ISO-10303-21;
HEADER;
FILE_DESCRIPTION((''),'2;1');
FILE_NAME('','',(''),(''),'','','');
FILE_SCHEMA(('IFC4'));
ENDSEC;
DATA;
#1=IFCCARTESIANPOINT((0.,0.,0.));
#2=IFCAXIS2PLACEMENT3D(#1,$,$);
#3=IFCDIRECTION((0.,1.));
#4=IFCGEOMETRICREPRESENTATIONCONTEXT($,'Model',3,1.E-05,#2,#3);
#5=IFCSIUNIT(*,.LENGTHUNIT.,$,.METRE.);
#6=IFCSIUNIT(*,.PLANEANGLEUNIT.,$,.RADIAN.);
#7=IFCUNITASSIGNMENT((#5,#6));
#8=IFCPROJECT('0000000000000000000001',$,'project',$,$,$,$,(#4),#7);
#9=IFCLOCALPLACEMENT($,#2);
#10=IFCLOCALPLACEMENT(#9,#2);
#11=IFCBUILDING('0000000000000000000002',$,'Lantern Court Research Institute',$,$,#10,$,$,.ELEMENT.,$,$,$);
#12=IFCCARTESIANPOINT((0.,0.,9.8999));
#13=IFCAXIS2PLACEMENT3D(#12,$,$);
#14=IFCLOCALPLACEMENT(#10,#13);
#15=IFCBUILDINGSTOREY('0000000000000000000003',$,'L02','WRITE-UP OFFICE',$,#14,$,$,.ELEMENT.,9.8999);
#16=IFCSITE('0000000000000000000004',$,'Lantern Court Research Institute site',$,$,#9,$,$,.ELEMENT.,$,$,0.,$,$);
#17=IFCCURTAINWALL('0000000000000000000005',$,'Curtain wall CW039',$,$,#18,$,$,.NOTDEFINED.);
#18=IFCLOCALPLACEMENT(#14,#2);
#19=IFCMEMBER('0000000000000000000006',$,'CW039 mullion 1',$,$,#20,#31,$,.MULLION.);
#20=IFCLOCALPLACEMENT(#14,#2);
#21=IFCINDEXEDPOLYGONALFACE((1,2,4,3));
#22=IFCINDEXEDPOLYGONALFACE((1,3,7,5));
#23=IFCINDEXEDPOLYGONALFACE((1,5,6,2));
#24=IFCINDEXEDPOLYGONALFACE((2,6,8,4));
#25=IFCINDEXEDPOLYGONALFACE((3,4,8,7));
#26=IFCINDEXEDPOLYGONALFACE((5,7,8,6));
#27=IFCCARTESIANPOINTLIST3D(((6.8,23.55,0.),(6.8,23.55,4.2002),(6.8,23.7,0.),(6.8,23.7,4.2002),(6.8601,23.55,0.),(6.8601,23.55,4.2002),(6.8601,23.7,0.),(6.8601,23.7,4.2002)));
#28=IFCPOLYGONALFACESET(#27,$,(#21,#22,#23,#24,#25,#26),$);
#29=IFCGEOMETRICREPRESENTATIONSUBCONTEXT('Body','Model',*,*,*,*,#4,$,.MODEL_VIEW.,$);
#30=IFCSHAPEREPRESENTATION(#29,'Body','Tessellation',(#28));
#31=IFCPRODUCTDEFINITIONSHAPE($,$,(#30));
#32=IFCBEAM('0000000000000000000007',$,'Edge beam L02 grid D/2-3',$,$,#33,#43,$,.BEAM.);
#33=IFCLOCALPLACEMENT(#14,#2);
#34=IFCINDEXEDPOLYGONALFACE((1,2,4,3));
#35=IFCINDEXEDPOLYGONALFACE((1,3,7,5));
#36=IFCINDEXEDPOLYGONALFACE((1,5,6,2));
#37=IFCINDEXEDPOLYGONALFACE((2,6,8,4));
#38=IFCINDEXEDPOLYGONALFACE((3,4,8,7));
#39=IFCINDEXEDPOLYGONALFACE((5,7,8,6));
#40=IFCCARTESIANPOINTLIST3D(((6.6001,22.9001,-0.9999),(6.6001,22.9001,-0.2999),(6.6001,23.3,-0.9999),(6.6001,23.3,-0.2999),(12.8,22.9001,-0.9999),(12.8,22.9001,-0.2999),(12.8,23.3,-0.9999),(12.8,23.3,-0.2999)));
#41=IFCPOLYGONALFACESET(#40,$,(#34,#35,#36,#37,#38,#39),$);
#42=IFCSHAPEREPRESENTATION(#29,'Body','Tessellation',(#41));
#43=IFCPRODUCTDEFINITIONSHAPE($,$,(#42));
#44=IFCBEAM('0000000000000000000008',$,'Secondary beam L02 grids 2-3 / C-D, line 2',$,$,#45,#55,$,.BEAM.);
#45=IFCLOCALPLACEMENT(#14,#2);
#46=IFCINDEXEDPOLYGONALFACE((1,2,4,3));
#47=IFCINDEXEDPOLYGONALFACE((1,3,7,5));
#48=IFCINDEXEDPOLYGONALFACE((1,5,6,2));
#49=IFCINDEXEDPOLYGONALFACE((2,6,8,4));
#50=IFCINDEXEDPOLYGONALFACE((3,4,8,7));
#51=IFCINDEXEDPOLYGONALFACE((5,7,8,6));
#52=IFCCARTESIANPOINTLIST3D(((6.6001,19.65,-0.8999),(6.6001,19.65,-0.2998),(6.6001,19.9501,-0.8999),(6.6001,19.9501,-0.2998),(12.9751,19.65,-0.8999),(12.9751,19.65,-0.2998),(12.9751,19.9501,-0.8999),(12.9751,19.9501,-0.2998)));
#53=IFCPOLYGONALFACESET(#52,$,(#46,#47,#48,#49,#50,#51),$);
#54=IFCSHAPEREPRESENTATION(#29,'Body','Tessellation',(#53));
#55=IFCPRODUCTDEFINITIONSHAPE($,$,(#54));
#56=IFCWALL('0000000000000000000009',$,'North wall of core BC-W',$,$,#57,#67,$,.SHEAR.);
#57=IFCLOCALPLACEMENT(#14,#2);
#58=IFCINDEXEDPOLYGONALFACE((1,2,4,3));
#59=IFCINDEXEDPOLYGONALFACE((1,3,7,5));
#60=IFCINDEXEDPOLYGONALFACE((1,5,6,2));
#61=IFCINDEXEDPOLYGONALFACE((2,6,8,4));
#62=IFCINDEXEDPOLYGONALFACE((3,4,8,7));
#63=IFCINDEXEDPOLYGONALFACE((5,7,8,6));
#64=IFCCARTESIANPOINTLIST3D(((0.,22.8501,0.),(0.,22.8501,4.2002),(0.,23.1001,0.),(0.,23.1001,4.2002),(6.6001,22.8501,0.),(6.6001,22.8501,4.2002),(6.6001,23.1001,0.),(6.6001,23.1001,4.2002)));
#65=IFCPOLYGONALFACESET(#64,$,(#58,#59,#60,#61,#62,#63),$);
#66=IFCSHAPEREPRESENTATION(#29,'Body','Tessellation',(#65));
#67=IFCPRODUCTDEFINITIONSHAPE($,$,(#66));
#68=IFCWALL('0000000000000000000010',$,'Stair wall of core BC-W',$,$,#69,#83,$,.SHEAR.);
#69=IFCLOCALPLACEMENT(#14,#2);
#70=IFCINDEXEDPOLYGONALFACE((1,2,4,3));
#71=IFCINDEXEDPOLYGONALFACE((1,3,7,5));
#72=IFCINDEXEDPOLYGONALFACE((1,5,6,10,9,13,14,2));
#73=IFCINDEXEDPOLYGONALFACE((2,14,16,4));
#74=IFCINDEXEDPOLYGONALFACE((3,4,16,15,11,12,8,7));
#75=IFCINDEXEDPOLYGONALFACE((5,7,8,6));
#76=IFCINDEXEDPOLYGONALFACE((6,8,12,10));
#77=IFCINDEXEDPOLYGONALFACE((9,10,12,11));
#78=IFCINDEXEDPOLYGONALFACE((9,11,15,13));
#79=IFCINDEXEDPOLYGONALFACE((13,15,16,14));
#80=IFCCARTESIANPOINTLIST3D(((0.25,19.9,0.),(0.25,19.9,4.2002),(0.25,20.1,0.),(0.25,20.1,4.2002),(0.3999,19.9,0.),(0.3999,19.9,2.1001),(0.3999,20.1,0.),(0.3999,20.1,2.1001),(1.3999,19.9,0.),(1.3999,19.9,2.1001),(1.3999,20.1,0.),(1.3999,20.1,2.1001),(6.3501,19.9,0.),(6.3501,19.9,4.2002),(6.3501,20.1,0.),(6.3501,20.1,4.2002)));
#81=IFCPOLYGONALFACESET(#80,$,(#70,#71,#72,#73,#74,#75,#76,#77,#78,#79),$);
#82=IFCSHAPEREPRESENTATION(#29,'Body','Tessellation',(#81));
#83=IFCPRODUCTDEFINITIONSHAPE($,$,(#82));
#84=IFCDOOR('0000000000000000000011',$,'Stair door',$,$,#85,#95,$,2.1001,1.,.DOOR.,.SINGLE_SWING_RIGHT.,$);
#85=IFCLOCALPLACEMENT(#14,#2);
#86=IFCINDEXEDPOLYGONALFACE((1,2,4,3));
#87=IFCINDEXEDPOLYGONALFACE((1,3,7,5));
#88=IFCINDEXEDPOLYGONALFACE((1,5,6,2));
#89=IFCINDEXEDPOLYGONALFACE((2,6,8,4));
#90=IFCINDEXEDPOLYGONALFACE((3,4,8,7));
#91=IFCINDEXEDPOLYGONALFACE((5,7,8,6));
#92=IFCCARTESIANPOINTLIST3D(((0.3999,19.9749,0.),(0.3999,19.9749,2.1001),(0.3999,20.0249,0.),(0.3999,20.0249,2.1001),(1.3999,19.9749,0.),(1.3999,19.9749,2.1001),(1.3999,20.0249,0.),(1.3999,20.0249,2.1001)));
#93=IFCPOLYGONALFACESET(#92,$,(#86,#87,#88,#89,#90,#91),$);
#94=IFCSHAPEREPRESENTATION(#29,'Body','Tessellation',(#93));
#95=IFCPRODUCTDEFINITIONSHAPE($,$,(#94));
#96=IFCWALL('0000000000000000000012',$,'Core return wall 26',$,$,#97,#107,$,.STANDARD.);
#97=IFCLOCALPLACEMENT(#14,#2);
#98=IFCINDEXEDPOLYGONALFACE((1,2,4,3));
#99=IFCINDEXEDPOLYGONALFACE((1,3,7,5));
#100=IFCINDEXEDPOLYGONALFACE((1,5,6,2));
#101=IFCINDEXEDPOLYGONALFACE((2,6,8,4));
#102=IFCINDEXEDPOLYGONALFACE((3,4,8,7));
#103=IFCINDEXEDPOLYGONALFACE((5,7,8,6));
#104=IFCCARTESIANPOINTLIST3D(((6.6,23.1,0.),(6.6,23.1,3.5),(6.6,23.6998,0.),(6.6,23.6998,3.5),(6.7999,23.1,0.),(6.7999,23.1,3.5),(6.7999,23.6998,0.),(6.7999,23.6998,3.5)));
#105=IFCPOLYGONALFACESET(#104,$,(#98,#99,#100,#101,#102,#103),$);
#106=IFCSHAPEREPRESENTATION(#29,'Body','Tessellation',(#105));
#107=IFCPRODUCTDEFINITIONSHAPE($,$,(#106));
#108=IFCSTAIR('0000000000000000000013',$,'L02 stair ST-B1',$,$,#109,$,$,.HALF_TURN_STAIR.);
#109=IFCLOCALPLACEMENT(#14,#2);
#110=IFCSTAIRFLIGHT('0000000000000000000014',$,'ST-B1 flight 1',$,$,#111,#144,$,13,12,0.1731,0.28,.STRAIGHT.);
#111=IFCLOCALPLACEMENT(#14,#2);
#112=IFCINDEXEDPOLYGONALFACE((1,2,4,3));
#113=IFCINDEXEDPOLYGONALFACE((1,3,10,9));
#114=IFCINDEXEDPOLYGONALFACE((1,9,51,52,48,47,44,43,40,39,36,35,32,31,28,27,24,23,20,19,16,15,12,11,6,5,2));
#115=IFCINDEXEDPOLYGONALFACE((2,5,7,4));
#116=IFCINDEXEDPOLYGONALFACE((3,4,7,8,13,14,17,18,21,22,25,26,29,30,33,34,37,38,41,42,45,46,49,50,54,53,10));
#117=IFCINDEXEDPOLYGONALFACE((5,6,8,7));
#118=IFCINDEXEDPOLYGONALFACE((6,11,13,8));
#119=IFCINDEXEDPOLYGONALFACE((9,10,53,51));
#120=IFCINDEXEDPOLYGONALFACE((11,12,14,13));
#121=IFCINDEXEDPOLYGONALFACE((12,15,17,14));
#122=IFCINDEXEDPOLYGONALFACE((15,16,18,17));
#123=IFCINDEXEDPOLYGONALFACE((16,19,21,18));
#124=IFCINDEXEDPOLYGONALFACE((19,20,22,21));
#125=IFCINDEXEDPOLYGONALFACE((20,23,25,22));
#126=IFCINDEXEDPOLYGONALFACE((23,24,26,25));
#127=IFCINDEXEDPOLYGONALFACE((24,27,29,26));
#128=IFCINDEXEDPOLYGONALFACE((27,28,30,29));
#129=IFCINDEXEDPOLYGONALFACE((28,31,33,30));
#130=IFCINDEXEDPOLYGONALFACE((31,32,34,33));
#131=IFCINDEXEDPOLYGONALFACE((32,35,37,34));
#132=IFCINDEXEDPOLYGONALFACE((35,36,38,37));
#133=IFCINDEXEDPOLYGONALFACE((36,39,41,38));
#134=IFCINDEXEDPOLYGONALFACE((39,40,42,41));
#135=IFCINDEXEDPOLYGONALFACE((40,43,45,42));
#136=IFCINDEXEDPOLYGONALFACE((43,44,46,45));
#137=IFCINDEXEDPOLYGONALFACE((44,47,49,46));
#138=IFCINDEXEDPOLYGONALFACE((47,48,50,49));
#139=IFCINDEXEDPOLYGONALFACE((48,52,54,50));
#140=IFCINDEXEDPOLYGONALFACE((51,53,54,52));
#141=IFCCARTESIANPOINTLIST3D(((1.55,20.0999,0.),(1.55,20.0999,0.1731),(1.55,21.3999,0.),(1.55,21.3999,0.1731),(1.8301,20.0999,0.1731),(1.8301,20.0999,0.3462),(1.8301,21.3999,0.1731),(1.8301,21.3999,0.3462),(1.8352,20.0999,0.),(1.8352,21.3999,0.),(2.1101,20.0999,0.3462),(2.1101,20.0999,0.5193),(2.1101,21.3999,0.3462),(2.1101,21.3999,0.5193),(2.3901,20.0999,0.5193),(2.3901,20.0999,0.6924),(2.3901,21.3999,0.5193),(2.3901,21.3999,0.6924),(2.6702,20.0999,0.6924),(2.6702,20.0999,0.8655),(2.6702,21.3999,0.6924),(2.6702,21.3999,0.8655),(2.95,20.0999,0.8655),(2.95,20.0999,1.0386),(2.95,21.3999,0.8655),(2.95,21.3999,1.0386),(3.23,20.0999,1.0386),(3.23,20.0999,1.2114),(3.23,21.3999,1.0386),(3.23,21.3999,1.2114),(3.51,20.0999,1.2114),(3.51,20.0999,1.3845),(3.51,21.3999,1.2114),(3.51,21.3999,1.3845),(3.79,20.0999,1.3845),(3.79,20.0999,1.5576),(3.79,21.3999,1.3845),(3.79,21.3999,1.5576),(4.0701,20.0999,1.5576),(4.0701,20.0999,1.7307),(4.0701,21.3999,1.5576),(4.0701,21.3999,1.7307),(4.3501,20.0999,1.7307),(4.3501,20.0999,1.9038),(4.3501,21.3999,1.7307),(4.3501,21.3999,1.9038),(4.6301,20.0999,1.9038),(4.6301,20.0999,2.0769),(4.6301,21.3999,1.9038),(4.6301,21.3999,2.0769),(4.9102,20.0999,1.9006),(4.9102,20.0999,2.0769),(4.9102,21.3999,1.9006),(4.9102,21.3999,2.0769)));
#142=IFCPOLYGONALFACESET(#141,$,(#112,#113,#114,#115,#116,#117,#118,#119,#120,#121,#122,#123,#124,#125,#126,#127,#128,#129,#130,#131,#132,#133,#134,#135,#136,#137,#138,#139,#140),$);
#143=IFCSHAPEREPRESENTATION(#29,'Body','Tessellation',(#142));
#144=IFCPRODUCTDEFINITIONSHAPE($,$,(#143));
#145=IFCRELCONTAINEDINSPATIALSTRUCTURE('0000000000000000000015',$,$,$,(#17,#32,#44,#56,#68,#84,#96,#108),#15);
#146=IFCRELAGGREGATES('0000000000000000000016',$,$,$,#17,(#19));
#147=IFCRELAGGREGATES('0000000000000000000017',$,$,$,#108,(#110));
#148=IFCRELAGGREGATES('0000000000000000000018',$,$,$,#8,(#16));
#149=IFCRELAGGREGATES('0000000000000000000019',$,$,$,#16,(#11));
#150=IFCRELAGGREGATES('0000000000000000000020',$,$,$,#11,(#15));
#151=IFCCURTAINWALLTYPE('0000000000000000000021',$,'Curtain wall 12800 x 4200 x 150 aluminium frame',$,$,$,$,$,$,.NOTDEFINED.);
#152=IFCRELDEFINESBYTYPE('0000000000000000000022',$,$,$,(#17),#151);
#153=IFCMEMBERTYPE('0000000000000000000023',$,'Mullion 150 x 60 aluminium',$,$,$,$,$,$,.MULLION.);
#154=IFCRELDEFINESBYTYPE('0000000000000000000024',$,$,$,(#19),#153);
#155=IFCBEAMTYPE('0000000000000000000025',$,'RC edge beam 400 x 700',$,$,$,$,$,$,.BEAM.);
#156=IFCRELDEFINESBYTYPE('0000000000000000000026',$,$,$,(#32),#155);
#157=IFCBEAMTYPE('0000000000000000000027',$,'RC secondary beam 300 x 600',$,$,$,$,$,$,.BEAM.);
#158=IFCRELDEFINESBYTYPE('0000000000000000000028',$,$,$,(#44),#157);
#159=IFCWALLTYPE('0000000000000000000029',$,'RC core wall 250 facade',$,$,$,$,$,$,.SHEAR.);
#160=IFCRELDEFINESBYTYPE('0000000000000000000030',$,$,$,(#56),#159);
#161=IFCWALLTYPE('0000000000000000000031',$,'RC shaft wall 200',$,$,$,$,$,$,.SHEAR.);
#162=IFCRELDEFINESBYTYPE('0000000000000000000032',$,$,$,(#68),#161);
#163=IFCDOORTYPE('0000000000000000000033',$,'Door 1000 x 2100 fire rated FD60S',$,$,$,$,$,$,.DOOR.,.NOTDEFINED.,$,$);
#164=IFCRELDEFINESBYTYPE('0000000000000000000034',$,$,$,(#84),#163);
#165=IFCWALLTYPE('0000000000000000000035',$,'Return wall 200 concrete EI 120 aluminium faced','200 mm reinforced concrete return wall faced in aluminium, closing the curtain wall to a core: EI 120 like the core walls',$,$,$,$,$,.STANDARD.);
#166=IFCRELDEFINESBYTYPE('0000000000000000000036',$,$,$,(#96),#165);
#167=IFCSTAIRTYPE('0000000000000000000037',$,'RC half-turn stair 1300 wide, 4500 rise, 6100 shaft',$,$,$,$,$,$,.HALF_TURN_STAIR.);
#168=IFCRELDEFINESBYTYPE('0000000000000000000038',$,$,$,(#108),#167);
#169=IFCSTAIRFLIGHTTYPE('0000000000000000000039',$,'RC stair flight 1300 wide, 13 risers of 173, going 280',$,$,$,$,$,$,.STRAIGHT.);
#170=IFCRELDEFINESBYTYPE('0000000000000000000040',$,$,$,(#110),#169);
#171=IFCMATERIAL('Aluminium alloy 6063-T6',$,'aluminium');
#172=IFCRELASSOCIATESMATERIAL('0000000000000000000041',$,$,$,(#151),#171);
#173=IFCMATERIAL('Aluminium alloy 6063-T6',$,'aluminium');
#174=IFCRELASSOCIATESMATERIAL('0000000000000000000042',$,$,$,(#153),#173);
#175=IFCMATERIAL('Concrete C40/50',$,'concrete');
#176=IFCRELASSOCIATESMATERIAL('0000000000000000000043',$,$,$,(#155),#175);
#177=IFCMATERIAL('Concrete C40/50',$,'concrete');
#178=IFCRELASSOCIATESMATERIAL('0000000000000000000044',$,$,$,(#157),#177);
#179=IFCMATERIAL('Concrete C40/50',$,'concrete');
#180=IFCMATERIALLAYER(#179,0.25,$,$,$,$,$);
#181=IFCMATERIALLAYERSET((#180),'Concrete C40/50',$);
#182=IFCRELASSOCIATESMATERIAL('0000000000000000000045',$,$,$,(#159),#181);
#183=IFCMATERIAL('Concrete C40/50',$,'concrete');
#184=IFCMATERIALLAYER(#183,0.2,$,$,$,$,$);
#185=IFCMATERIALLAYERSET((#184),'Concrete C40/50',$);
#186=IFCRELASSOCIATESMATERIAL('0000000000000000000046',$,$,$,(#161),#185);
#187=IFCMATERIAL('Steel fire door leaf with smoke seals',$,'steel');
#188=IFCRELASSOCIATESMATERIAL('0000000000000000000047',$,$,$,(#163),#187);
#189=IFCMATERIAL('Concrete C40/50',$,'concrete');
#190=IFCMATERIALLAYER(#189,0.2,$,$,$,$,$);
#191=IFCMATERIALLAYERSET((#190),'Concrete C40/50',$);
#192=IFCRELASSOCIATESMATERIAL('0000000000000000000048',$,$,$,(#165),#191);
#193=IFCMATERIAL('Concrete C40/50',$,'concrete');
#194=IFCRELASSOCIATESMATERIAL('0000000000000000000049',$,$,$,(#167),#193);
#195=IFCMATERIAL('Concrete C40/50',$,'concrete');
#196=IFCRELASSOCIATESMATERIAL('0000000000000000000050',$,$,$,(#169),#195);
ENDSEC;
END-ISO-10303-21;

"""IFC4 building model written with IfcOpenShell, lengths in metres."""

from ifc_helpers import new_model, si_unit, direction, frame, frame_2d, origin, origin_2d, place, context, subcontext, project, spatial, polyline, rectangle, outline, extrude, material, layer, layer_set, material_profile, profile_set, type_object, element, fill, aggregate, save


model = new_model("IFC4")

# Units and contexts
model_context = context("Model", 3, precision=1e-05, world=origin(), true_north=direction((0.0, 1.0)))
body_context = subcontext(model_context, "Body", "Model", "MODEL_VIEW")
ifc_project = project(units=[si_unit("LENGTHUNIT", "METRE"), si_unit("PLANEANGLEUNIT", "RADIAN")], contexts=[model_context])

# Site, building, storey
site_placement = place(None, origin())
site = spatial("IfcSite", under=ifc_project, at=site_placement, Name="Lantern Court Research Institute site", CompositionType="ELEMENT", RefElevation=0.0)
building_placement = place(site_placement, origin())
building = spatial("IfcBuilding", under=site, at=building_placement, Name="Lantern Court Research Institute", CompositionType="ELEMENT")
storey_placement = place(building_placement, frame((0.0, 0.0, 9.8999)))
storey = spatial("IfcBuildingStorey", under=building, at=storey_placement, Name="L02", Description="WRITE-UP OFFICE", CompositionType="ELEMENT", Elevation=9.8999)

# Curtain wall, member
ifc_material_1 = material(Name="Aluminium alloy 6063-T6", Category="aluminium")
curtain_wall_type = type_object("IfcCurtainWallType", Name="Curtain wall 12800 x 4200 x 150 aluminium frame", PredefinedType="NOTDEFINED", material=ifc_material_1)
curtain_wall_placement = place(storey_placement, origin())
curtain_wall = element("IfcCurtainWall", 1, at=curtain_wall_placement, inside=storey, type_object=curtain_wall_type, Name="Curtain wall CW039", PredefinedType="NOTDEFINED")
ifc_material_2 = material(Name="Aluminium alloy 6063-T6", Category="aluminium")
ifc_material_profile_1 = material_profile(ifc_material_2, rectangle(XDim=0.1499, YDim=0.0601, at=origin_2d()), Name="Mullion 150 x 60")
ifc_profile_set_1 = profile_set([ifc_material_profile_1], Name="Aluminium alloy 6063-T6")
member_type = type_object("IfcMemberType", Name="Mullion 150 x 60 aluminium", PredefinedType="MULLION", material=ifc_profile_set_1)
member_placement = place(storey_placement, frame((6.8301, 23.625, 0.0), z_axis=(0.0, 0.0, 1.0), x_axis=(0.0, 1.0, 0.0)))
member = element("IfcMember", 2, at=member_placement, type_object=member_type, Name="CW039 mullion 1", PredefinedType="MULLION", context=body_context, shape_type="SweptSolid", body=[
    extrude(rectangle(XDim=0.1499, YDim=0.0601, at=origin_2d()), origin(), (0.0, 0.0, 1.0), 4.2002),
])
aggregate(curtain_wall, [member])

# Beams
ifc_material_3 = material(Name="Concrete C40/50", Category="concrete")
ifc_material_profile_2 = material_profile(ifc_material_3, rectangle(XDim=0.3999, YDim=0.7, at=origin_2d()), Name="RC beam 400 x 700")
ifc_profile_set_2 = profile_set([ifc_material_profile_2], Name="Concrete C40/50")
beam_type_1 = type_object("IfcBeamType", Name="RC edge beam 400 x 700", PredefinedType="BEAM", material=ifc_profile_set_2)
beam_1_placement = place(storey_placement, frame((6.6001, 23.1001, -0.6499), z_axis=(1.0, 0.0, 0.0), x_axis=(0.0, 1.0, 0.0)))
element("IfcBeam", 3, at=beam_1_placement, inside=storey, type_object=beam_type_1, Name="Edge beam L02 grid D/2-3", PredefinedType="BEAM", context=body_context, shape_type="SweptSolid", body=[
    extrude(rectangle(XDim=0.3999, YDim=0.7, at=origin_2d()), origin(), (0.0, 0.0, 1.0), 6.2),
])
ifc_material_4 = material(Name="Concrete C40/50", Category="concrete")
ifc_material_profile_3 = material_profile(ifc_material_4, rectangle(XDim=0.3, YDim=0.6001, at=origin_2d()), Name="RC beam 300 x 600")
ifc_profile_set_3 = profile_set([ifc_material_profile_3], Name="Concrete C40/50")
beam_type_2 = type_object("IfcBeamType", Name="RC secondary beam 300 x 600", PredefinedType="BEAM", material=ifc_profile_set_3)
beam_2_placement = place(storey_placement, frame((6.6001, 19.8, -0.5999), z_axis=(1.0, 0.0, 0.0), x_axis=(0.0, 1.0, 0.0)))
element("IfcBeam", 4, at=beam_2_placement, inside=storey, type_object=beam_type_2, Name="Secondary beam L02 grids 2-3 / C-D, line 2", PredefinedType="BEAM", context=body_context, shape_type="SweptSolid", body=[
    extrude(rectangle(XDim=0.3, YDim=0.6001, at=origin_2d()), origin(), (0.0, 0.0, 1.0), 6.375),
])

# Wall
ifc_material_5 = material(Name="Concrete C40/50", Category="concrete")
ifc_layer_1 = layer(ifc_material_5, 0.25)
ifc_layer_set_1 = layer_set([ifc_layer_1], Name="Concrete C40/50")
wall_type_1 = type_object("IfcWallType", Name="RC core wall 250 facade", PredefinedType="SHEAR", material=ifc_layer_set_1)
wall_1_placement = place(storey_placement, frame((0.0, 22.9751, 0.0), z_axis=(0.0, 0.0, 1.0), x_axis=(1.0, 0.0, 0.0)))
element("IfcWall", 5, at=wall_1_placement, inside=storey, type_object=wall_type_1, Name="North wall of core BC-W", PredefinedType="SHEAR", context=body_context, shape_type="SweptSolid", body=[
    extrude(rectangle(XDim=6.6001, YDim=0.25, at=frame_2d((3.3, 0.0))), origin(), (0.0, 0.0, 1.0), 4.2002),
])

# Wall, opening, door
ifc_material_6 = material(Name="Concrete C40/50", Category="concrete")
ifc_layer_2 = layer(ifc_material_6, 0.2)
ifc_layer_set_2 = layer_set([ifc_layer_2], Name="Concrete C40/50")
wall_type_2 = type_object("IfcWallType", Name="RC shaft wall 200", PredefinedType="SHEAR", material=ifc_layer_set_2)
wall_2_placement = place(storey_placement, frame((0.25, 20.0, 0.0), z_axis=(0.0, 0.0, 1.0), x_axis=(1.0, 0.0, 0.0)))
wall_2 = element("IfcWall", 6, at=wall_2_placement, inside=storey, type_object=wall_type_2, Name="Stair wall of core BC-W", PredefinedType="SHEAR", context=body_context, shape_type="SweptSolid", body=[
    extrude(rectangle(XDim=6.1001, YDim=0.2, at=frame_2d((3.05, 0.0))), origin(), (0.0, 0.0, 1.0), 4.2002),
])
opening_placement = place(wall_2_placement, frame((0.1499, 0.0, 0.0)))
opening = element("IfcOpeningElement", 7, at=opening_placement, cuts=wall_2, PredefinedType="OPENING", context=body_context, shape_type="SweptSolid", body=[
    extrude(rectangle(XDim=1.0, YDim=2.1001, at=frame_2d((0.5, 1.05))), frame((0.0, 0.1099, 0.0), z_axis=(0.0, -1.0, 0.0), x_axis=(1.0, 0.0, 0.0)), (0.0, 0.0, 1.0), 0.22),
])
ifc_material_7 = material(Name="Steel fire door leaf with smoke seals", Category="steel")
door_type = type_object("IfcDoorType", Name="Door 1000 x 2100 fire rated FD60S", OperationType="NOTDEFINED", PredefinedType="DOOR", material=ifc_material_7)
door_placement = place(opening_placement, origin())
door = element("IfcDoor", 8, at=door_placement, inside=storey, type_object=door_type, Name="Stair door", OperationType="SINGLE_SWING_RIGHT", OverallHeight=2.1001, OverallWidth=1.0, PredefinedType="DOOR", context=body_context, shape_type="SweptSolid", body=[
    extrude(rectangle(XDim=1.0, YDim=2.1001, at=frame_2d((0.5, 1.05))), frame((0.0, 0.0249, 0.0), z_axis=(0.0, -1.0, 0.0), x_axis=(1.0, 0.0, 0.0)), (0.0, 0.0, 1.0), 0.05),
])
fill(opening, door)

# Wall
ifc_material_8 = material(Name="Concrete C40/50", Category="concrete")
ifc_layer_3 = layer(ifc_material_8, 0.2)
ifc_layer_set_3 = layer_set([ifc_layer_3], Name="Concrete C40/50")
wall_type_3 = type_object("IfcWallType", Name="Return wall 200 concrete EI 120 aluminium faced", Description="200 mm reinforced concrete return wall faced in aluminium, closing the curtain wall to a core: EI 120 like the core walls", PredefinedType="STANDARD", material=ifc_layer_set_3)
wall_3_placement = place(storey_placement, frame((6.7, 23.1001, 0.0), z_axis=(0.0, 0.0, 1.0), x_axis=(0.0, 1.0, 0.0)))
element("IfcWall", 9, at=wall_3_placement, inside=storey, type_object=wall_type_3, Name="Core return wall 26", PredefinedType="STANDARD", context=body_context, shape_type="SweptSolid", body=[
    extrude(rectangle(XDim=0.5999, YDim=0.2, at=frame_2d((0.2998, 0.0))), origin(), (0.0, 0.0, 1.0), 3.5),
])

# Stair, stair flight
ifc_material_9 = material(Name="Concrete C40/50", Category="concrete")
stair_type = type_object("IfcStairType", Name="RC half-turn stair 1300 wide, 4500 rise, 6100 shaft", PredefinedType="HALF_TURN_STAIR", material=ifc_material_9)
stair_placement = place(storey_placement, origin())
stair = element("IfcStair", 10, at=stair_placement, inside=storey, type_object=stair_type, Name="L02 stair ST-B1", PredefinedType="HALF_TURN_STAIR")
ifc_material_10 = material(Name="Concrete C40/50", Category="concrete")
stair_flight_type = type_object("IfcStairFlightType", Name="RC stair flight 1300 wide, 13 risers of 173, going 280", PredefinedType="STRAIGHT", material=ifc_material_10)
stair_flight_1_placement = place(storey_placement, frame((1.55, 20.75, 0.0), z_axis=(0.0, 0.0, 1.0), x_axis=(1.0, 0.0, 0.0)))
stair_flight_1 = element("IfcStairFlight", 11, at=stair_flight_1_placement, type_object=stair_flight_type, Name="ST-B1 flight 1", NumberOfRisers=13, NumberOfTreads=12, PredefinedType="STRAIGHT", RiserHeight=0.1731, TreadLength=0.28, context=body_context, shape_type="SweptSolid", body=[
    extrude(outline(polyline([(0.0, 0.0), (0.0, 0.1731), (0.28, 0.1731), (0.28, 0.3462), (0.5601, 0.3462), (0.5601, 0.5193), (0.8401, 0.5193), (0.8401, 0.6924), (1.1201, 0.6924), (1.1201, 0.8655), (1.3999, 0.8655), (1.3999, 1.0386), (1.6799, 1.0386), (1.6799, 1.2114), (1.96, 1.2114), (1.96, 1.3845), (2.24, 1.3845), (2.24, 1.5576), (2.52, 1.5576), (2.52, 1.7307), (2.8, 1.7307), (2.8, 1.9038), (3.0801, 1.9038), (3.0801, 2.0769), (3.3601, 2.0769), (3.3601, 2.25), (3.3601, 1.9006), (0.2852, 0.0), (0.0, 0.0)])), frame((0.0, 0.6499, 0.0), z_axis=(0.0, -1.0, 0.0), x_axis=(1.0, 0.0, 0.0)), (0.0, 0.0, 1.0), 1.3),
])
aggregate(stair, [stair_flight_1])

save(model, "model.ifc")
